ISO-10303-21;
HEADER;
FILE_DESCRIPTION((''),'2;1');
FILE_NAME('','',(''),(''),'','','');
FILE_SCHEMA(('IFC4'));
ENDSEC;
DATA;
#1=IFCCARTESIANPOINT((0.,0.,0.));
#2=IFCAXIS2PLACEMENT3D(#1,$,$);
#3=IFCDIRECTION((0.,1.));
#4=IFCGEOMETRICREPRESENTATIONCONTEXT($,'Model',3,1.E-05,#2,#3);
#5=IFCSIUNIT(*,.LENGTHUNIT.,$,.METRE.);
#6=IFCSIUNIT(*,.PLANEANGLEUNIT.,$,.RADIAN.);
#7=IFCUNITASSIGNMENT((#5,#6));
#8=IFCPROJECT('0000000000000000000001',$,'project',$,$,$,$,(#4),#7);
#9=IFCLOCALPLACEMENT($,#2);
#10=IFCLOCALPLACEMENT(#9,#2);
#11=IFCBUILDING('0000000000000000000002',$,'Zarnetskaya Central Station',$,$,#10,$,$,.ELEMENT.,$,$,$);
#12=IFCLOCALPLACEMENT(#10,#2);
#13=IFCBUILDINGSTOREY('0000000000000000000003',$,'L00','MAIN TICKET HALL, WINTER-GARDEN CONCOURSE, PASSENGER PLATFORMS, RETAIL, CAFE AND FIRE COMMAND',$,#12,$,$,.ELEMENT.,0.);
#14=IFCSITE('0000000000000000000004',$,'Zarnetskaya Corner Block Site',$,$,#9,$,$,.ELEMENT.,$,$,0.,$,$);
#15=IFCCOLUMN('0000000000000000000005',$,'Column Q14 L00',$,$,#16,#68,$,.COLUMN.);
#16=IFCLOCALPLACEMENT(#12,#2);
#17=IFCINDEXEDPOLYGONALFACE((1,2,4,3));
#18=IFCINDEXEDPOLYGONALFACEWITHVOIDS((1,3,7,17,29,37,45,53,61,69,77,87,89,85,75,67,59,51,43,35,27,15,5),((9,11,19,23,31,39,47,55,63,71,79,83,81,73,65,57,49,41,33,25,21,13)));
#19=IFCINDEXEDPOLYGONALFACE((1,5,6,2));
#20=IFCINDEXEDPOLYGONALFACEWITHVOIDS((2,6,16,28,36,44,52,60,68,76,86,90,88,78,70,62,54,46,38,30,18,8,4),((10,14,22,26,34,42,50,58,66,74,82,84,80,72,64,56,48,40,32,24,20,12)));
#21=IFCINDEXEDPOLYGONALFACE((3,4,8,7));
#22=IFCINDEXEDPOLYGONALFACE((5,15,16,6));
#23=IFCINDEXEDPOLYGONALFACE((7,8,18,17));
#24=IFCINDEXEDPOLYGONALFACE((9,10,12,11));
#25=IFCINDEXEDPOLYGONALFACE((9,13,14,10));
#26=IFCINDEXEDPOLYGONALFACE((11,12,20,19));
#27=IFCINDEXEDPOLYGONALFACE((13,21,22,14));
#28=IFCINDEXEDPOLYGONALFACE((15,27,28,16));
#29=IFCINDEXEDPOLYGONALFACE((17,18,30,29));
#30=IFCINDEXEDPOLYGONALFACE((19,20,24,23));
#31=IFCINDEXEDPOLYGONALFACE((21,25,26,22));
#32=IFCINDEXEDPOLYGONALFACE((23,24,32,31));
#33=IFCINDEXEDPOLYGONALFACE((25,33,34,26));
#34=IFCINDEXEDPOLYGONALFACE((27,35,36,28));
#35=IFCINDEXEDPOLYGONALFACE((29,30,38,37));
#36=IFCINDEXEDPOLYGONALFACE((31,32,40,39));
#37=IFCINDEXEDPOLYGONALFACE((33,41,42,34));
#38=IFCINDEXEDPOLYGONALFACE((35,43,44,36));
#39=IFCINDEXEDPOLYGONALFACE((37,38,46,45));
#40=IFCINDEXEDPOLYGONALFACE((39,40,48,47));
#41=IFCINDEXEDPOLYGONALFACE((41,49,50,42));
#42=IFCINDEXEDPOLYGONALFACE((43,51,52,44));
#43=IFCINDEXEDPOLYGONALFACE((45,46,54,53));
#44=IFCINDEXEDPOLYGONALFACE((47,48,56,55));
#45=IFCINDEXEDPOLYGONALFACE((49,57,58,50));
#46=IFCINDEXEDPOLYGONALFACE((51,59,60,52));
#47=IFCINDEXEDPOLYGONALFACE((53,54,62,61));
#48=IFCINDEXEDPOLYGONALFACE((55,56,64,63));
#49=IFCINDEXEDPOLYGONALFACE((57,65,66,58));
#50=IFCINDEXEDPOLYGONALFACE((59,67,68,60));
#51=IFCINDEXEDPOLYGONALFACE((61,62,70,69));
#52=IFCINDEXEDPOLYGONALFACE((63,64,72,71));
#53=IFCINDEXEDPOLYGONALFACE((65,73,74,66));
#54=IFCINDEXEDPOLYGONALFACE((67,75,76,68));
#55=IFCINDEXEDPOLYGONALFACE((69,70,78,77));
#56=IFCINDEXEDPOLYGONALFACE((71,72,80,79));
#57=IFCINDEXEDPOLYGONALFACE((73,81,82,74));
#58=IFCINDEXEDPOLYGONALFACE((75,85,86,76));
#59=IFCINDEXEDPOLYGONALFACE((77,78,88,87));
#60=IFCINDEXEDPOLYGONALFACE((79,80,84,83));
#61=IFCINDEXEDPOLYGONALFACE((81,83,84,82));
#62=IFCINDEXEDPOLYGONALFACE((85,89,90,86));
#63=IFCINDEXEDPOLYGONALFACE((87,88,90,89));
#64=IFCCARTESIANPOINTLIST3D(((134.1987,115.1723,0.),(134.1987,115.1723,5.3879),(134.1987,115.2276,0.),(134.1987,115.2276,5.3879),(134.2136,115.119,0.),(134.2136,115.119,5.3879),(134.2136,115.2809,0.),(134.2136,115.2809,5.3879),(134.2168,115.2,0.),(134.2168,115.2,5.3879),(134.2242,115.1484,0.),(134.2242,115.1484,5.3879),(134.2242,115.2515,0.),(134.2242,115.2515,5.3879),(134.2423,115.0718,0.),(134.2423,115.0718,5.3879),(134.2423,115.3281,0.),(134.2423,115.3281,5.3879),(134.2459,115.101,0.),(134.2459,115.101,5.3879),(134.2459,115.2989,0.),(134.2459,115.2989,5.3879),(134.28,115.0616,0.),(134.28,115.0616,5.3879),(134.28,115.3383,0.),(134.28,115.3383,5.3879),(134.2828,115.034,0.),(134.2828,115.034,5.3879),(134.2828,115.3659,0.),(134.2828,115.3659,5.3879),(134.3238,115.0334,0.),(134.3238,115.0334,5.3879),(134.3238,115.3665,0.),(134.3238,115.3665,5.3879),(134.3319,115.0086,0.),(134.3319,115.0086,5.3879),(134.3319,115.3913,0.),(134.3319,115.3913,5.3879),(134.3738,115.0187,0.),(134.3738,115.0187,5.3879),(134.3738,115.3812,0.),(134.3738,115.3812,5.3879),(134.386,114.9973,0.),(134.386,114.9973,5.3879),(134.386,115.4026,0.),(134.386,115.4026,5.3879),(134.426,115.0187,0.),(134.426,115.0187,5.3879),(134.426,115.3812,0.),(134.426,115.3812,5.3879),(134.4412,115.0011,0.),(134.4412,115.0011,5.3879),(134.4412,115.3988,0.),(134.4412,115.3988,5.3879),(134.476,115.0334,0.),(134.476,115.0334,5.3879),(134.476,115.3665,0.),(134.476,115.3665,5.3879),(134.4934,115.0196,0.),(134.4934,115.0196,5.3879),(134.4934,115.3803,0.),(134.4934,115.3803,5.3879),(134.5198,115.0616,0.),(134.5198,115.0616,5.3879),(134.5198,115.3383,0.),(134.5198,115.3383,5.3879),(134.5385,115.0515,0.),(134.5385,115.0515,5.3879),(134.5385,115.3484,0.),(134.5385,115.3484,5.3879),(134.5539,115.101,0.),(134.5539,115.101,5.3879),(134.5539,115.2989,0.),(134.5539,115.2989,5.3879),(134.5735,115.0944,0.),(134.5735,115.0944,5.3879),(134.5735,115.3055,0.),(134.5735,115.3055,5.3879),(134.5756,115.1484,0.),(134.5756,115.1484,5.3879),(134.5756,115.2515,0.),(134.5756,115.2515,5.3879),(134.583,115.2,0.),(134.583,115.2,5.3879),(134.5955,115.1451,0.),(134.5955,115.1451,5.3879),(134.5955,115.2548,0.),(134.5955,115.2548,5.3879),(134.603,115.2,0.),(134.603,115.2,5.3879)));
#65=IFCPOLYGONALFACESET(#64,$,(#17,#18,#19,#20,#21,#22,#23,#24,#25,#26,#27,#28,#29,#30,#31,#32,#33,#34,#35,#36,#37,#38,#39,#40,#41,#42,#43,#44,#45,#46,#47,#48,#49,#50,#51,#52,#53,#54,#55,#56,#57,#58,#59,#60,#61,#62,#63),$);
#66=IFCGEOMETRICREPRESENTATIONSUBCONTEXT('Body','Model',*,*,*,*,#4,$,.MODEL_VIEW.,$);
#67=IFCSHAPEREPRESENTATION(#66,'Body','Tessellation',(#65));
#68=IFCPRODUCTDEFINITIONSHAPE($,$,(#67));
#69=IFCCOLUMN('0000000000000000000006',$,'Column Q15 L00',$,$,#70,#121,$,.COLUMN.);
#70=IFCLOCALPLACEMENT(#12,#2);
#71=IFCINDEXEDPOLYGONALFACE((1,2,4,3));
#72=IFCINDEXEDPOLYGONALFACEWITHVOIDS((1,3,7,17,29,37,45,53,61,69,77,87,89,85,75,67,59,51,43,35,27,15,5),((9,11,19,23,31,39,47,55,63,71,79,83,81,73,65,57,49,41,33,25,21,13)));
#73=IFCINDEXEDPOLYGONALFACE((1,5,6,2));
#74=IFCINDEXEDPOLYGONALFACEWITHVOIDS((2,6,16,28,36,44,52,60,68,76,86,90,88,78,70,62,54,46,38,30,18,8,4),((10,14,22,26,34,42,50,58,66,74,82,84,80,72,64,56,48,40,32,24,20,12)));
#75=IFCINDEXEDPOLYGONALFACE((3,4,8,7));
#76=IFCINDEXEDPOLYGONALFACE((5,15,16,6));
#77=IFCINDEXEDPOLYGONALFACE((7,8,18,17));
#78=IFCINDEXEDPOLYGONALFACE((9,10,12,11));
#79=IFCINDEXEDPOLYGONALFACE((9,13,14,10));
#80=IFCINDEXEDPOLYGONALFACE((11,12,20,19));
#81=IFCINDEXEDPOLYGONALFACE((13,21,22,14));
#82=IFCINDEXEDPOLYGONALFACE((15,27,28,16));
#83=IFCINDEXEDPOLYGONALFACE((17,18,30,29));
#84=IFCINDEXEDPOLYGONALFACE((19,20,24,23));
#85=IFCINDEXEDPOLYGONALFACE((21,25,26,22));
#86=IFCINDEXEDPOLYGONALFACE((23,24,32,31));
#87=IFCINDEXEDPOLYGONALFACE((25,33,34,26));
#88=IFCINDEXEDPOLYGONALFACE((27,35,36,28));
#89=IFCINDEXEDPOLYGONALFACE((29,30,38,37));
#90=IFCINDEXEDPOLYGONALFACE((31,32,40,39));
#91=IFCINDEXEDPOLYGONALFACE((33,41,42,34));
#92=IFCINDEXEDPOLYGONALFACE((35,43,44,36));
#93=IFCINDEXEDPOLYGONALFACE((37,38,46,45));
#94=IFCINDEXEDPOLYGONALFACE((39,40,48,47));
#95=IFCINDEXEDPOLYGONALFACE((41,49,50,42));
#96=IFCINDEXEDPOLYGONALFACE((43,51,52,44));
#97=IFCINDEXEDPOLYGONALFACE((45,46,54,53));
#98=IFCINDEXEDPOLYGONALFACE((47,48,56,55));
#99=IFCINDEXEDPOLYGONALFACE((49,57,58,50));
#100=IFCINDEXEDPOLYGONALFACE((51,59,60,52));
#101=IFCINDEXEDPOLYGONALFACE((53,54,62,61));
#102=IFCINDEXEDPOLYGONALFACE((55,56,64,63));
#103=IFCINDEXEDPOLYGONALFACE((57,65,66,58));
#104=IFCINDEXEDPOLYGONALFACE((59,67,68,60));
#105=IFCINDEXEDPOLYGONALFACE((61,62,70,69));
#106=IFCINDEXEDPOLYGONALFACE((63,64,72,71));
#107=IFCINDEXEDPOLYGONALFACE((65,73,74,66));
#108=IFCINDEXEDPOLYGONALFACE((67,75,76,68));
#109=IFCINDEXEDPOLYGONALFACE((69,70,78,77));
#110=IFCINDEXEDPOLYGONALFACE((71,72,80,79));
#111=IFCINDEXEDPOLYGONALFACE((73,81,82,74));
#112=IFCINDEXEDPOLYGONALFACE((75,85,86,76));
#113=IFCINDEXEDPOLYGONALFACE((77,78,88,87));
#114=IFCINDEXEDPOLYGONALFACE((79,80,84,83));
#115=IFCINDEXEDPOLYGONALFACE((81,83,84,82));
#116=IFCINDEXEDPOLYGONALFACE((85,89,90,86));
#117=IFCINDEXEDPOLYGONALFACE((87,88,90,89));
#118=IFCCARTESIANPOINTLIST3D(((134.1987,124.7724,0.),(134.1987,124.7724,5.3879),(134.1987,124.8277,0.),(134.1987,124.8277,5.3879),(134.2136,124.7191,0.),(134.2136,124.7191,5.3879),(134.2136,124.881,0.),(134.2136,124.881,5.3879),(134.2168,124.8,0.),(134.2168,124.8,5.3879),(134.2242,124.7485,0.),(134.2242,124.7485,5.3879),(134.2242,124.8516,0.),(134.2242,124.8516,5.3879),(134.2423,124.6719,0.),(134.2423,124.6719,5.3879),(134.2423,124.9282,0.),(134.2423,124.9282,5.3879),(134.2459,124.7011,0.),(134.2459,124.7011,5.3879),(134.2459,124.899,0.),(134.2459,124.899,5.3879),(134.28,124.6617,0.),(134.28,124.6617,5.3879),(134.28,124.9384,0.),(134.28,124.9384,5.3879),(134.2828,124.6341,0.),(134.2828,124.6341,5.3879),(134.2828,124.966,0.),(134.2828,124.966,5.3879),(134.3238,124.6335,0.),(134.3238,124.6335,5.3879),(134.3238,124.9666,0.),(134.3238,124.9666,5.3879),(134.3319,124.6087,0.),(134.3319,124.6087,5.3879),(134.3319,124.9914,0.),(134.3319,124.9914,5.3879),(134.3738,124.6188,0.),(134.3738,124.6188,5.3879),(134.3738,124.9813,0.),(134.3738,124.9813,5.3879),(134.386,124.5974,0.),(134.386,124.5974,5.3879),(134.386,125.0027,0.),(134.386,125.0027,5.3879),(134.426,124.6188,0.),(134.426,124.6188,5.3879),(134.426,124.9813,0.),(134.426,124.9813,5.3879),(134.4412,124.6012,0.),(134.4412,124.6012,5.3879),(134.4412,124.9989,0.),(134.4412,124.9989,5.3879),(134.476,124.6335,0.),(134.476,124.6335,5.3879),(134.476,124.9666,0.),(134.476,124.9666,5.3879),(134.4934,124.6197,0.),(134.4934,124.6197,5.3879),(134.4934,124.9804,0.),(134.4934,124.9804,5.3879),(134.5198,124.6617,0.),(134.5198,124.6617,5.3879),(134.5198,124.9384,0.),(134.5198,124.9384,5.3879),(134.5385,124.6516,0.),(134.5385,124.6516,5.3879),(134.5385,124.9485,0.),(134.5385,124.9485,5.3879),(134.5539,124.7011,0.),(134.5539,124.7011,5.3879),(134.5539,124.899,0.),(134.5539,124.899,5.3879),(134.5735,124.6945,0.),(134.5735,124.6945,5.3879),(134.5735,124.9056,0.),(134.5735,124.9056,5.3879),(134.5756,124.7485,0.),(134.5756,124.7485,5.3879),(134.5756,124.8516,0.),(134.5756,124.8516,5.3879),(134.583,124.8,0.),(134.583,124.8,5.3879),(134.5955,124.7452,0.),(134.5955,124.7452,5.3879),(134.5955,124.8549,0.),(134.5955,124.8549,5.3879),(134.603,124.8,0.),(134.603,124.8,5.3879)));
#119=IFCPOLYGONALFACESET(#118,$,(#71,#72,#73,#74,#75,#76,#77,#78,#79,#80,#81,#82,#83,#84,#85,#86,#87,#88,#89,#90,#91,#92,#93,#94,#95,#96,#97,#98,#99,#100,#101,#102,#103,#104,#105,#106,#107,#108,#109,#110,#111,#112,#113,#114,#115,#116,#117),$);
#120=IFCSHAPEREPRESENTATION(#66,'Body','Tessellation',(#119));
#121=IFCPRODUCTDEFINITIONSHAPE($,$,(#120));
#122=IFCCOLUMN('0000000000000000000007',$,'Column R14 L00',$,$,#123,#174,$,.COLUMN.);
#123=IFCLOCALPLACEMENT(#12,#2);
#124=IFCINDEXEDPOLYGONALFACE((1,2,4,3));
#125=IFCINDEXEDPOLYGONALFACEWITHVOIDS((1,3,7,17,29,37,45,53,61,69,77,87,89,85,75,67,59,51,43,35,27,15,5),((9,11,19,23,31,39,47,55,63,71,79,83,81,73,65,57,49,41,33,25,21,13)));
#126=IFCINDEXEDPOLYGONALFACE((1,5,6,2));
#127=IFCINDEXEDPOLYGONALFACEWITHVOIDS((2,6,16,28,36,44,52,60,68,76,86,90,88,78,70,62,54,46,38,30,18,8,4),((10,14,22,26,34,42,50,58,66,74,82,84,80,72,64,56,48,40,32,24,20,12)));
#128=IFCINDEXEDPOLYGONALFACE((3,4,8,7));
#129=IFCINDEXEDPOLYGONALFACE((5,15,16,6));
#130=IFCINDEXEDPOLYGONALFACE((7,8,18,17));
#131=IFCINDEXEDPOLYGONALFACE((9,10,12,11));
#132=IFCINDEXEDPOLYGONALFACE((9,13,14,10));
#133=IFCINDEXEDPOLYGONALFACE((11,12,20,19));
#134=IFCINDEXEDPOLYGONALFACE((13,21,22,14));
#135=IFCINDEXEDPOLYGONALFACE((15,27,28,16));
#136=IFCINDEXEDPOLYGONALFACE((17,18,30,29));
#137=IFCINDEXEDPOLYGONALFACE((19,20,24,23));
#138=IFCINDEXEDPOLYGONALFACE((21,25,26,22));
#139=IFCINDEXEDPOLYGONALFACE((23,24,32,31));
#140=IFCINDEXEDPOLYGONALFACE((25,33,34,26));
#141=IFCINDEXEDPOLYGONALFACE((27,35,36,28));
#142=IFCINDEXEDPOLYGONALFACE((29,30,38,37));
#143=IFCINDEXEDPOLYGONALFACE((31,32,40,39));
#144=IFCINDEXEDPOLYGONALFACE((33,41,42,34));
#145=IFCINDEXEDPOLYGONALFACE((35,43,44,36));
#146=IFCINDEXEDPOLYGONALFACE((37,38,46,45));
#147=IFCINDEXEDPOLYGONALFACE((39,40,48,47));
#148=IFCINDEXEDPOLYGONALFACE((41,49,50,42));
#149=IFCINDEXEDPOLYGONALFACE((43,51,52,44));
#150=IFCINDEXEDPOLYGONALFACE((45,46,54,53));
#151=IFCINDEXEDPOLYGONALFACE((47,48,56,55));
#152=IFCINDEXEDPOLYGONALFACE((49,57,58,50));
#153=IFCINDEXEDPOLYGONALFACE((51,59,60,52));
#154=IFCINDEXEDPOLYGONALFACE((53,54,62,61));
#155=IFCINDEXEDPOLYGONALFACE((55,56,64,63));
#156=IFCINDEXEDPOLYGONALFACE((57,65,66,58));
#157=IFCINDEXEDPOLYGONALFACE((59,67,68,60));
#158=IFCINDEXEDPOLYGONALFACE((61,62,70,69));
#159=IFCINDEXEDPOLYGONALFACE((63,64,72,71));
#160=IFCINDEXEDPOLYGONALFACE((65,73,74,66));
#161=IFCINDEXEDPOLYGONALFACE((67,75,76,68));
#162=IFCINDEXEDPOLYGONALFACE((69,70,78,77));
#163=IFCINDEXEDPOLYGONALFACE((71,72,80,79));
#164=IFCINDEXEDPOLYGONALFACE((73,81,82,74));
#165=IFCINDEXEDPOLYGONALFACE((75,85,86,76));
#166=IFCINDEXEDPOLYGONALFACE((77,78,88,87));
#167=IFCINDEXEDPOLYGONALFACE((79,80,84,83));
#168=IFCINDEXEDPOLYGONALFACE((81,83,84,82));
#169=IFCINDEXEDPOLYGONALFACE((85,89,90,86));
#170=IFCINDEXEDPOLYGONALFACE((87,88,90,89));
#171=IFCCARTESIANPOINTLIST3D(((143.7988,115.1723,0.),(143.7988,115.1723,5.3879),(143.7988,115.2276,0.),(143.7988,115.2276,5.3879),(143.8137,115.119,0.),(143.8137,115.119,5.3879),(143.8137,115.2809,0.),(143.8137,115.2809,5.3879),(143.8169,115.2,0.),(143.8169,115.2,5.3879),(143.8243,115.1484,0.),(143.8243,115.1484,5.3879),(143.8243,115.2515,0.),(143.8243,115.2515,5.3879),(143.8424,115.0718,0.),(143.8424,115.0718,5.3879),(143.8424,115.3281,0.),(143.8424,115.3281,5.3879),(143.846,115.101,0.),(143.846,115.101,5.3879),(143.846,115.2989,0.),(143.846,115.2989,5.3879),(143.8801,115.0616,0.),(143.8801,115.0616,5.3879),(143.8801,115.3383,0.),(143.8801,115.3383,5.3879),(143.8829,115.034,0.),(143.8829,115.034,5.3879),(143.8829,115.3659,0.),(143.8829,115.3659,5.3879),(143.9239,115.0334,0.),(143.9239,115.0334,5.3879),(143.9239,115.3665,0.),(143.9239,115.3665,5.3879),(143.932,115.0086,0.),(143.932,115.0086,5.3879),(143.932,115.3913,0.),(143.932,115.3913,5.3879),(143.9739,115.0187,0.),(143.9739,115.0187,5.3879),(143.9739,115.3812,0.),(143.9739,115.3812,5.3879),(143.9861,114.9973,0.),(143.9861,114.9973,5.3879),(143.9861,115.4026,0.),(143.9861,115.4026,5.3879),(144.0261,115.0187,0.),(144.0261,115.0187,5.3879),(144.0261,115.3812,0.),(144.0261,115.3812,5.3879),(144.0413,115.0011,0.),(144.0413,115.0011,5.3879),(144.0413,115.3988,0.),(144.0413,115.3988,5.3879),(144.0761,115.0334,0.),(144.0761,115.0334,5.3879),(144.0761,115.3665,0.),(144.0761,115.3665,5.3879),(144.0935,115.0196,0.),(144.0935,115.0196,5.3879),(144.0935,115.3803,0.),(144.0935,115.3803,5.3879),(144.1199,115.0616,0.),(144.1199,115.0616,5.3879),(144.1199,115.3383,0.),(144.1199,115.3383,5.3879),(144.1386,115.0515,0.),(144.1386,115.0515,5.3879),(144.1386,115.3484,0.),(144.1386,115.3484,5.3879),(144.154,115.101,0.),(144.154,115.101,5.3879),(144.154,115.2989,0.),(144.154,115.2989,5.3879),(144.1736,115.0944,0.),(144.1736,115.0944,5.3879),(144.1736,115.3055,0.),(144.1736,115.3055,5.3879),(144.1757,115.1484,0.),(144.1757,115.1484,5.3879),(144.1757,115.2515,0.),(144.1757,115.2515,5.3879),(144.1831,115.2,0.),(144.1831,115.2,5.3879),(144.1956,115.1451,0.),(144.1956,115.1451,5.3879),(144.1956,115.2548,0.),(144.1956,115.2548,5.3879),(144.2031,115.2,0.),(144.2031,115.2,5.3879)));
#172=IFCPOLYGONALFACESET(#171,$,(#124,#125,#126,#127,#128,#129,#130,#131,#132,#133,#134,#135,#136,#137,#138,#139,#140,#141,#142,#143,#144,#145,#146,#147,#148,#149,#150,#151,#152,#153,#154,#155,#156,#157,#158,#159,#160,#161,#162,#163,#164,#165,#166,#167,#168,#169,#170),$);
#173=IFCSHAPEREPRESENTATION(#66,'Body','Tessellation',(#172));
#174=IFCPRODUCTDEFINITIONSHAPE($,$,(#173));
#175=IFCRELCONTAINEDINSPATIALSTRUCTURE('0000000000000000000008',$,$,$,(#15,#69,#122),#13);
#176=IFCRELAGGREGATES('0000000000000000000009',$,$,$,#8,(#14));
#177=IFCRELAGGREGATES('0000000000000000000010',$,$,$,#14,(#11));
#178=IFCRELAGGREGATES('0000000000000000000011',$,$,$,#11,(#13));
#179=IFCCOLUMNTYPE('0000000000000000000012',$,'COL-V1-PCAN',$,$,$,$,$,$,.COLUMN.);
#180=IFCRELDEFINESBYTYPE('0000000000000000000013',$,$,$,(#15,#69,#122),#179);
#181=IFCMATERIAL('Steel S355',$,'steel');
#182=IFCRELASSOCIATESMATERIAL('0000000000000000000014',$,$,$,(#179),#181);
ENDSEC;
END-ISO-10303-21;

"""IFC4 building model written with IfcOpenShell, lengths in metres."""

from ifc_helpers import new_model, si_unit, direction, frame, origin, origin_2d, place, context, subcontext, project, spatial, hollow_circle, extrude, material, material_profile, profile_set, type_object, element, save


model = new_model("IFC4")

# Units and contexts
model_context = context("Model", 3, precision=1e-05, world=origin(), true_north=direction((0.0, 1.0)))
body_context = subcontext(model_context, "Body", "Model", "MODEL_VIEW")
ifc_project = project(units=[si_unit("LENGTHUNIT", "METRE"), si_unit("PLANEANGLEUNIT", "RADIAN")], contexts=[model_context])

# Site, building, storey
site_placement = place(None, origin())
site = spatial("IfcSite", under=ifc_project, at=site_placement, Name="Zarnetskaya Corner Block Site", CompositionType="ELEMENT", RefElevation=0.0)
building_placement = place(site_placement, origin())
building = spatial("IfcBuilding", under=site, at=building_placement, Name="Zarnetskaya Central Station", CompositionType="ELEMENT")
storey_placement = place(building_placement, origin())
storey = spatial("IfcBuildingStorey", under=building, at=storey_placement, Name="L00", Description="MAIN TICKET HALL, WINTER-GARDEN CONCOURSE, PASSENGER PLATFORMS, RETAIL, CAFE AND FIRE COMMAND", CompositionType="ELEMENT", Elevation=0.0)

# Columns
ifc_material = material(Name="Steel S355", Category="steel")
ifc_material_profile_1 = material_profile(ifc_material, hollow_circle(Radius=0.2031, WallThickness=0.02, at=origin_2d()), Name="CHS 406.4x20")
ifc_profile_set_1 = profile_set([ifc_material_profile_1], Name="Steel S355")
column_type = type_object("IfcColumnType", Name="COL-V1-PCAN", PredefinedType="COLUMN", material=ifc_profile_set_1)
for number, where, z_axis, x_axis, name in (
    (1, (134.3999, 115.2, 0.0), (0.0, 0.0, 1.0), (1.0, 0.0, 0.0), "Column Q14 L00"),
    (2, (134.3999, 124.8, 0.0), (0.0, 0.0, 1.0), (1.0, 0.0, 0.0), "Column Q15 L00"),
    (3, (144.0, 115.2, 0.0), (0.0, 0.0, 1.0), (1.0, 0.0, 0.0), "Column R14 L00"),
):
    element("IfcColumn", number, at=place(storey_placement, frame(where, z_axis=z_axis, x_axis=x_axis)), inside=storey, type_object=column_type, Name=name, PredefinedType="COLUMN", context=body_context, shape_type="SweptSolid", body=[
        extrude(hollow_circle(Radius=0.2031, WallThickness=0.02, at=origin_2d()), origin(), (0.0, 0.0, 1.0), 5.3879),
    ])

save(model, "model.ifc")
